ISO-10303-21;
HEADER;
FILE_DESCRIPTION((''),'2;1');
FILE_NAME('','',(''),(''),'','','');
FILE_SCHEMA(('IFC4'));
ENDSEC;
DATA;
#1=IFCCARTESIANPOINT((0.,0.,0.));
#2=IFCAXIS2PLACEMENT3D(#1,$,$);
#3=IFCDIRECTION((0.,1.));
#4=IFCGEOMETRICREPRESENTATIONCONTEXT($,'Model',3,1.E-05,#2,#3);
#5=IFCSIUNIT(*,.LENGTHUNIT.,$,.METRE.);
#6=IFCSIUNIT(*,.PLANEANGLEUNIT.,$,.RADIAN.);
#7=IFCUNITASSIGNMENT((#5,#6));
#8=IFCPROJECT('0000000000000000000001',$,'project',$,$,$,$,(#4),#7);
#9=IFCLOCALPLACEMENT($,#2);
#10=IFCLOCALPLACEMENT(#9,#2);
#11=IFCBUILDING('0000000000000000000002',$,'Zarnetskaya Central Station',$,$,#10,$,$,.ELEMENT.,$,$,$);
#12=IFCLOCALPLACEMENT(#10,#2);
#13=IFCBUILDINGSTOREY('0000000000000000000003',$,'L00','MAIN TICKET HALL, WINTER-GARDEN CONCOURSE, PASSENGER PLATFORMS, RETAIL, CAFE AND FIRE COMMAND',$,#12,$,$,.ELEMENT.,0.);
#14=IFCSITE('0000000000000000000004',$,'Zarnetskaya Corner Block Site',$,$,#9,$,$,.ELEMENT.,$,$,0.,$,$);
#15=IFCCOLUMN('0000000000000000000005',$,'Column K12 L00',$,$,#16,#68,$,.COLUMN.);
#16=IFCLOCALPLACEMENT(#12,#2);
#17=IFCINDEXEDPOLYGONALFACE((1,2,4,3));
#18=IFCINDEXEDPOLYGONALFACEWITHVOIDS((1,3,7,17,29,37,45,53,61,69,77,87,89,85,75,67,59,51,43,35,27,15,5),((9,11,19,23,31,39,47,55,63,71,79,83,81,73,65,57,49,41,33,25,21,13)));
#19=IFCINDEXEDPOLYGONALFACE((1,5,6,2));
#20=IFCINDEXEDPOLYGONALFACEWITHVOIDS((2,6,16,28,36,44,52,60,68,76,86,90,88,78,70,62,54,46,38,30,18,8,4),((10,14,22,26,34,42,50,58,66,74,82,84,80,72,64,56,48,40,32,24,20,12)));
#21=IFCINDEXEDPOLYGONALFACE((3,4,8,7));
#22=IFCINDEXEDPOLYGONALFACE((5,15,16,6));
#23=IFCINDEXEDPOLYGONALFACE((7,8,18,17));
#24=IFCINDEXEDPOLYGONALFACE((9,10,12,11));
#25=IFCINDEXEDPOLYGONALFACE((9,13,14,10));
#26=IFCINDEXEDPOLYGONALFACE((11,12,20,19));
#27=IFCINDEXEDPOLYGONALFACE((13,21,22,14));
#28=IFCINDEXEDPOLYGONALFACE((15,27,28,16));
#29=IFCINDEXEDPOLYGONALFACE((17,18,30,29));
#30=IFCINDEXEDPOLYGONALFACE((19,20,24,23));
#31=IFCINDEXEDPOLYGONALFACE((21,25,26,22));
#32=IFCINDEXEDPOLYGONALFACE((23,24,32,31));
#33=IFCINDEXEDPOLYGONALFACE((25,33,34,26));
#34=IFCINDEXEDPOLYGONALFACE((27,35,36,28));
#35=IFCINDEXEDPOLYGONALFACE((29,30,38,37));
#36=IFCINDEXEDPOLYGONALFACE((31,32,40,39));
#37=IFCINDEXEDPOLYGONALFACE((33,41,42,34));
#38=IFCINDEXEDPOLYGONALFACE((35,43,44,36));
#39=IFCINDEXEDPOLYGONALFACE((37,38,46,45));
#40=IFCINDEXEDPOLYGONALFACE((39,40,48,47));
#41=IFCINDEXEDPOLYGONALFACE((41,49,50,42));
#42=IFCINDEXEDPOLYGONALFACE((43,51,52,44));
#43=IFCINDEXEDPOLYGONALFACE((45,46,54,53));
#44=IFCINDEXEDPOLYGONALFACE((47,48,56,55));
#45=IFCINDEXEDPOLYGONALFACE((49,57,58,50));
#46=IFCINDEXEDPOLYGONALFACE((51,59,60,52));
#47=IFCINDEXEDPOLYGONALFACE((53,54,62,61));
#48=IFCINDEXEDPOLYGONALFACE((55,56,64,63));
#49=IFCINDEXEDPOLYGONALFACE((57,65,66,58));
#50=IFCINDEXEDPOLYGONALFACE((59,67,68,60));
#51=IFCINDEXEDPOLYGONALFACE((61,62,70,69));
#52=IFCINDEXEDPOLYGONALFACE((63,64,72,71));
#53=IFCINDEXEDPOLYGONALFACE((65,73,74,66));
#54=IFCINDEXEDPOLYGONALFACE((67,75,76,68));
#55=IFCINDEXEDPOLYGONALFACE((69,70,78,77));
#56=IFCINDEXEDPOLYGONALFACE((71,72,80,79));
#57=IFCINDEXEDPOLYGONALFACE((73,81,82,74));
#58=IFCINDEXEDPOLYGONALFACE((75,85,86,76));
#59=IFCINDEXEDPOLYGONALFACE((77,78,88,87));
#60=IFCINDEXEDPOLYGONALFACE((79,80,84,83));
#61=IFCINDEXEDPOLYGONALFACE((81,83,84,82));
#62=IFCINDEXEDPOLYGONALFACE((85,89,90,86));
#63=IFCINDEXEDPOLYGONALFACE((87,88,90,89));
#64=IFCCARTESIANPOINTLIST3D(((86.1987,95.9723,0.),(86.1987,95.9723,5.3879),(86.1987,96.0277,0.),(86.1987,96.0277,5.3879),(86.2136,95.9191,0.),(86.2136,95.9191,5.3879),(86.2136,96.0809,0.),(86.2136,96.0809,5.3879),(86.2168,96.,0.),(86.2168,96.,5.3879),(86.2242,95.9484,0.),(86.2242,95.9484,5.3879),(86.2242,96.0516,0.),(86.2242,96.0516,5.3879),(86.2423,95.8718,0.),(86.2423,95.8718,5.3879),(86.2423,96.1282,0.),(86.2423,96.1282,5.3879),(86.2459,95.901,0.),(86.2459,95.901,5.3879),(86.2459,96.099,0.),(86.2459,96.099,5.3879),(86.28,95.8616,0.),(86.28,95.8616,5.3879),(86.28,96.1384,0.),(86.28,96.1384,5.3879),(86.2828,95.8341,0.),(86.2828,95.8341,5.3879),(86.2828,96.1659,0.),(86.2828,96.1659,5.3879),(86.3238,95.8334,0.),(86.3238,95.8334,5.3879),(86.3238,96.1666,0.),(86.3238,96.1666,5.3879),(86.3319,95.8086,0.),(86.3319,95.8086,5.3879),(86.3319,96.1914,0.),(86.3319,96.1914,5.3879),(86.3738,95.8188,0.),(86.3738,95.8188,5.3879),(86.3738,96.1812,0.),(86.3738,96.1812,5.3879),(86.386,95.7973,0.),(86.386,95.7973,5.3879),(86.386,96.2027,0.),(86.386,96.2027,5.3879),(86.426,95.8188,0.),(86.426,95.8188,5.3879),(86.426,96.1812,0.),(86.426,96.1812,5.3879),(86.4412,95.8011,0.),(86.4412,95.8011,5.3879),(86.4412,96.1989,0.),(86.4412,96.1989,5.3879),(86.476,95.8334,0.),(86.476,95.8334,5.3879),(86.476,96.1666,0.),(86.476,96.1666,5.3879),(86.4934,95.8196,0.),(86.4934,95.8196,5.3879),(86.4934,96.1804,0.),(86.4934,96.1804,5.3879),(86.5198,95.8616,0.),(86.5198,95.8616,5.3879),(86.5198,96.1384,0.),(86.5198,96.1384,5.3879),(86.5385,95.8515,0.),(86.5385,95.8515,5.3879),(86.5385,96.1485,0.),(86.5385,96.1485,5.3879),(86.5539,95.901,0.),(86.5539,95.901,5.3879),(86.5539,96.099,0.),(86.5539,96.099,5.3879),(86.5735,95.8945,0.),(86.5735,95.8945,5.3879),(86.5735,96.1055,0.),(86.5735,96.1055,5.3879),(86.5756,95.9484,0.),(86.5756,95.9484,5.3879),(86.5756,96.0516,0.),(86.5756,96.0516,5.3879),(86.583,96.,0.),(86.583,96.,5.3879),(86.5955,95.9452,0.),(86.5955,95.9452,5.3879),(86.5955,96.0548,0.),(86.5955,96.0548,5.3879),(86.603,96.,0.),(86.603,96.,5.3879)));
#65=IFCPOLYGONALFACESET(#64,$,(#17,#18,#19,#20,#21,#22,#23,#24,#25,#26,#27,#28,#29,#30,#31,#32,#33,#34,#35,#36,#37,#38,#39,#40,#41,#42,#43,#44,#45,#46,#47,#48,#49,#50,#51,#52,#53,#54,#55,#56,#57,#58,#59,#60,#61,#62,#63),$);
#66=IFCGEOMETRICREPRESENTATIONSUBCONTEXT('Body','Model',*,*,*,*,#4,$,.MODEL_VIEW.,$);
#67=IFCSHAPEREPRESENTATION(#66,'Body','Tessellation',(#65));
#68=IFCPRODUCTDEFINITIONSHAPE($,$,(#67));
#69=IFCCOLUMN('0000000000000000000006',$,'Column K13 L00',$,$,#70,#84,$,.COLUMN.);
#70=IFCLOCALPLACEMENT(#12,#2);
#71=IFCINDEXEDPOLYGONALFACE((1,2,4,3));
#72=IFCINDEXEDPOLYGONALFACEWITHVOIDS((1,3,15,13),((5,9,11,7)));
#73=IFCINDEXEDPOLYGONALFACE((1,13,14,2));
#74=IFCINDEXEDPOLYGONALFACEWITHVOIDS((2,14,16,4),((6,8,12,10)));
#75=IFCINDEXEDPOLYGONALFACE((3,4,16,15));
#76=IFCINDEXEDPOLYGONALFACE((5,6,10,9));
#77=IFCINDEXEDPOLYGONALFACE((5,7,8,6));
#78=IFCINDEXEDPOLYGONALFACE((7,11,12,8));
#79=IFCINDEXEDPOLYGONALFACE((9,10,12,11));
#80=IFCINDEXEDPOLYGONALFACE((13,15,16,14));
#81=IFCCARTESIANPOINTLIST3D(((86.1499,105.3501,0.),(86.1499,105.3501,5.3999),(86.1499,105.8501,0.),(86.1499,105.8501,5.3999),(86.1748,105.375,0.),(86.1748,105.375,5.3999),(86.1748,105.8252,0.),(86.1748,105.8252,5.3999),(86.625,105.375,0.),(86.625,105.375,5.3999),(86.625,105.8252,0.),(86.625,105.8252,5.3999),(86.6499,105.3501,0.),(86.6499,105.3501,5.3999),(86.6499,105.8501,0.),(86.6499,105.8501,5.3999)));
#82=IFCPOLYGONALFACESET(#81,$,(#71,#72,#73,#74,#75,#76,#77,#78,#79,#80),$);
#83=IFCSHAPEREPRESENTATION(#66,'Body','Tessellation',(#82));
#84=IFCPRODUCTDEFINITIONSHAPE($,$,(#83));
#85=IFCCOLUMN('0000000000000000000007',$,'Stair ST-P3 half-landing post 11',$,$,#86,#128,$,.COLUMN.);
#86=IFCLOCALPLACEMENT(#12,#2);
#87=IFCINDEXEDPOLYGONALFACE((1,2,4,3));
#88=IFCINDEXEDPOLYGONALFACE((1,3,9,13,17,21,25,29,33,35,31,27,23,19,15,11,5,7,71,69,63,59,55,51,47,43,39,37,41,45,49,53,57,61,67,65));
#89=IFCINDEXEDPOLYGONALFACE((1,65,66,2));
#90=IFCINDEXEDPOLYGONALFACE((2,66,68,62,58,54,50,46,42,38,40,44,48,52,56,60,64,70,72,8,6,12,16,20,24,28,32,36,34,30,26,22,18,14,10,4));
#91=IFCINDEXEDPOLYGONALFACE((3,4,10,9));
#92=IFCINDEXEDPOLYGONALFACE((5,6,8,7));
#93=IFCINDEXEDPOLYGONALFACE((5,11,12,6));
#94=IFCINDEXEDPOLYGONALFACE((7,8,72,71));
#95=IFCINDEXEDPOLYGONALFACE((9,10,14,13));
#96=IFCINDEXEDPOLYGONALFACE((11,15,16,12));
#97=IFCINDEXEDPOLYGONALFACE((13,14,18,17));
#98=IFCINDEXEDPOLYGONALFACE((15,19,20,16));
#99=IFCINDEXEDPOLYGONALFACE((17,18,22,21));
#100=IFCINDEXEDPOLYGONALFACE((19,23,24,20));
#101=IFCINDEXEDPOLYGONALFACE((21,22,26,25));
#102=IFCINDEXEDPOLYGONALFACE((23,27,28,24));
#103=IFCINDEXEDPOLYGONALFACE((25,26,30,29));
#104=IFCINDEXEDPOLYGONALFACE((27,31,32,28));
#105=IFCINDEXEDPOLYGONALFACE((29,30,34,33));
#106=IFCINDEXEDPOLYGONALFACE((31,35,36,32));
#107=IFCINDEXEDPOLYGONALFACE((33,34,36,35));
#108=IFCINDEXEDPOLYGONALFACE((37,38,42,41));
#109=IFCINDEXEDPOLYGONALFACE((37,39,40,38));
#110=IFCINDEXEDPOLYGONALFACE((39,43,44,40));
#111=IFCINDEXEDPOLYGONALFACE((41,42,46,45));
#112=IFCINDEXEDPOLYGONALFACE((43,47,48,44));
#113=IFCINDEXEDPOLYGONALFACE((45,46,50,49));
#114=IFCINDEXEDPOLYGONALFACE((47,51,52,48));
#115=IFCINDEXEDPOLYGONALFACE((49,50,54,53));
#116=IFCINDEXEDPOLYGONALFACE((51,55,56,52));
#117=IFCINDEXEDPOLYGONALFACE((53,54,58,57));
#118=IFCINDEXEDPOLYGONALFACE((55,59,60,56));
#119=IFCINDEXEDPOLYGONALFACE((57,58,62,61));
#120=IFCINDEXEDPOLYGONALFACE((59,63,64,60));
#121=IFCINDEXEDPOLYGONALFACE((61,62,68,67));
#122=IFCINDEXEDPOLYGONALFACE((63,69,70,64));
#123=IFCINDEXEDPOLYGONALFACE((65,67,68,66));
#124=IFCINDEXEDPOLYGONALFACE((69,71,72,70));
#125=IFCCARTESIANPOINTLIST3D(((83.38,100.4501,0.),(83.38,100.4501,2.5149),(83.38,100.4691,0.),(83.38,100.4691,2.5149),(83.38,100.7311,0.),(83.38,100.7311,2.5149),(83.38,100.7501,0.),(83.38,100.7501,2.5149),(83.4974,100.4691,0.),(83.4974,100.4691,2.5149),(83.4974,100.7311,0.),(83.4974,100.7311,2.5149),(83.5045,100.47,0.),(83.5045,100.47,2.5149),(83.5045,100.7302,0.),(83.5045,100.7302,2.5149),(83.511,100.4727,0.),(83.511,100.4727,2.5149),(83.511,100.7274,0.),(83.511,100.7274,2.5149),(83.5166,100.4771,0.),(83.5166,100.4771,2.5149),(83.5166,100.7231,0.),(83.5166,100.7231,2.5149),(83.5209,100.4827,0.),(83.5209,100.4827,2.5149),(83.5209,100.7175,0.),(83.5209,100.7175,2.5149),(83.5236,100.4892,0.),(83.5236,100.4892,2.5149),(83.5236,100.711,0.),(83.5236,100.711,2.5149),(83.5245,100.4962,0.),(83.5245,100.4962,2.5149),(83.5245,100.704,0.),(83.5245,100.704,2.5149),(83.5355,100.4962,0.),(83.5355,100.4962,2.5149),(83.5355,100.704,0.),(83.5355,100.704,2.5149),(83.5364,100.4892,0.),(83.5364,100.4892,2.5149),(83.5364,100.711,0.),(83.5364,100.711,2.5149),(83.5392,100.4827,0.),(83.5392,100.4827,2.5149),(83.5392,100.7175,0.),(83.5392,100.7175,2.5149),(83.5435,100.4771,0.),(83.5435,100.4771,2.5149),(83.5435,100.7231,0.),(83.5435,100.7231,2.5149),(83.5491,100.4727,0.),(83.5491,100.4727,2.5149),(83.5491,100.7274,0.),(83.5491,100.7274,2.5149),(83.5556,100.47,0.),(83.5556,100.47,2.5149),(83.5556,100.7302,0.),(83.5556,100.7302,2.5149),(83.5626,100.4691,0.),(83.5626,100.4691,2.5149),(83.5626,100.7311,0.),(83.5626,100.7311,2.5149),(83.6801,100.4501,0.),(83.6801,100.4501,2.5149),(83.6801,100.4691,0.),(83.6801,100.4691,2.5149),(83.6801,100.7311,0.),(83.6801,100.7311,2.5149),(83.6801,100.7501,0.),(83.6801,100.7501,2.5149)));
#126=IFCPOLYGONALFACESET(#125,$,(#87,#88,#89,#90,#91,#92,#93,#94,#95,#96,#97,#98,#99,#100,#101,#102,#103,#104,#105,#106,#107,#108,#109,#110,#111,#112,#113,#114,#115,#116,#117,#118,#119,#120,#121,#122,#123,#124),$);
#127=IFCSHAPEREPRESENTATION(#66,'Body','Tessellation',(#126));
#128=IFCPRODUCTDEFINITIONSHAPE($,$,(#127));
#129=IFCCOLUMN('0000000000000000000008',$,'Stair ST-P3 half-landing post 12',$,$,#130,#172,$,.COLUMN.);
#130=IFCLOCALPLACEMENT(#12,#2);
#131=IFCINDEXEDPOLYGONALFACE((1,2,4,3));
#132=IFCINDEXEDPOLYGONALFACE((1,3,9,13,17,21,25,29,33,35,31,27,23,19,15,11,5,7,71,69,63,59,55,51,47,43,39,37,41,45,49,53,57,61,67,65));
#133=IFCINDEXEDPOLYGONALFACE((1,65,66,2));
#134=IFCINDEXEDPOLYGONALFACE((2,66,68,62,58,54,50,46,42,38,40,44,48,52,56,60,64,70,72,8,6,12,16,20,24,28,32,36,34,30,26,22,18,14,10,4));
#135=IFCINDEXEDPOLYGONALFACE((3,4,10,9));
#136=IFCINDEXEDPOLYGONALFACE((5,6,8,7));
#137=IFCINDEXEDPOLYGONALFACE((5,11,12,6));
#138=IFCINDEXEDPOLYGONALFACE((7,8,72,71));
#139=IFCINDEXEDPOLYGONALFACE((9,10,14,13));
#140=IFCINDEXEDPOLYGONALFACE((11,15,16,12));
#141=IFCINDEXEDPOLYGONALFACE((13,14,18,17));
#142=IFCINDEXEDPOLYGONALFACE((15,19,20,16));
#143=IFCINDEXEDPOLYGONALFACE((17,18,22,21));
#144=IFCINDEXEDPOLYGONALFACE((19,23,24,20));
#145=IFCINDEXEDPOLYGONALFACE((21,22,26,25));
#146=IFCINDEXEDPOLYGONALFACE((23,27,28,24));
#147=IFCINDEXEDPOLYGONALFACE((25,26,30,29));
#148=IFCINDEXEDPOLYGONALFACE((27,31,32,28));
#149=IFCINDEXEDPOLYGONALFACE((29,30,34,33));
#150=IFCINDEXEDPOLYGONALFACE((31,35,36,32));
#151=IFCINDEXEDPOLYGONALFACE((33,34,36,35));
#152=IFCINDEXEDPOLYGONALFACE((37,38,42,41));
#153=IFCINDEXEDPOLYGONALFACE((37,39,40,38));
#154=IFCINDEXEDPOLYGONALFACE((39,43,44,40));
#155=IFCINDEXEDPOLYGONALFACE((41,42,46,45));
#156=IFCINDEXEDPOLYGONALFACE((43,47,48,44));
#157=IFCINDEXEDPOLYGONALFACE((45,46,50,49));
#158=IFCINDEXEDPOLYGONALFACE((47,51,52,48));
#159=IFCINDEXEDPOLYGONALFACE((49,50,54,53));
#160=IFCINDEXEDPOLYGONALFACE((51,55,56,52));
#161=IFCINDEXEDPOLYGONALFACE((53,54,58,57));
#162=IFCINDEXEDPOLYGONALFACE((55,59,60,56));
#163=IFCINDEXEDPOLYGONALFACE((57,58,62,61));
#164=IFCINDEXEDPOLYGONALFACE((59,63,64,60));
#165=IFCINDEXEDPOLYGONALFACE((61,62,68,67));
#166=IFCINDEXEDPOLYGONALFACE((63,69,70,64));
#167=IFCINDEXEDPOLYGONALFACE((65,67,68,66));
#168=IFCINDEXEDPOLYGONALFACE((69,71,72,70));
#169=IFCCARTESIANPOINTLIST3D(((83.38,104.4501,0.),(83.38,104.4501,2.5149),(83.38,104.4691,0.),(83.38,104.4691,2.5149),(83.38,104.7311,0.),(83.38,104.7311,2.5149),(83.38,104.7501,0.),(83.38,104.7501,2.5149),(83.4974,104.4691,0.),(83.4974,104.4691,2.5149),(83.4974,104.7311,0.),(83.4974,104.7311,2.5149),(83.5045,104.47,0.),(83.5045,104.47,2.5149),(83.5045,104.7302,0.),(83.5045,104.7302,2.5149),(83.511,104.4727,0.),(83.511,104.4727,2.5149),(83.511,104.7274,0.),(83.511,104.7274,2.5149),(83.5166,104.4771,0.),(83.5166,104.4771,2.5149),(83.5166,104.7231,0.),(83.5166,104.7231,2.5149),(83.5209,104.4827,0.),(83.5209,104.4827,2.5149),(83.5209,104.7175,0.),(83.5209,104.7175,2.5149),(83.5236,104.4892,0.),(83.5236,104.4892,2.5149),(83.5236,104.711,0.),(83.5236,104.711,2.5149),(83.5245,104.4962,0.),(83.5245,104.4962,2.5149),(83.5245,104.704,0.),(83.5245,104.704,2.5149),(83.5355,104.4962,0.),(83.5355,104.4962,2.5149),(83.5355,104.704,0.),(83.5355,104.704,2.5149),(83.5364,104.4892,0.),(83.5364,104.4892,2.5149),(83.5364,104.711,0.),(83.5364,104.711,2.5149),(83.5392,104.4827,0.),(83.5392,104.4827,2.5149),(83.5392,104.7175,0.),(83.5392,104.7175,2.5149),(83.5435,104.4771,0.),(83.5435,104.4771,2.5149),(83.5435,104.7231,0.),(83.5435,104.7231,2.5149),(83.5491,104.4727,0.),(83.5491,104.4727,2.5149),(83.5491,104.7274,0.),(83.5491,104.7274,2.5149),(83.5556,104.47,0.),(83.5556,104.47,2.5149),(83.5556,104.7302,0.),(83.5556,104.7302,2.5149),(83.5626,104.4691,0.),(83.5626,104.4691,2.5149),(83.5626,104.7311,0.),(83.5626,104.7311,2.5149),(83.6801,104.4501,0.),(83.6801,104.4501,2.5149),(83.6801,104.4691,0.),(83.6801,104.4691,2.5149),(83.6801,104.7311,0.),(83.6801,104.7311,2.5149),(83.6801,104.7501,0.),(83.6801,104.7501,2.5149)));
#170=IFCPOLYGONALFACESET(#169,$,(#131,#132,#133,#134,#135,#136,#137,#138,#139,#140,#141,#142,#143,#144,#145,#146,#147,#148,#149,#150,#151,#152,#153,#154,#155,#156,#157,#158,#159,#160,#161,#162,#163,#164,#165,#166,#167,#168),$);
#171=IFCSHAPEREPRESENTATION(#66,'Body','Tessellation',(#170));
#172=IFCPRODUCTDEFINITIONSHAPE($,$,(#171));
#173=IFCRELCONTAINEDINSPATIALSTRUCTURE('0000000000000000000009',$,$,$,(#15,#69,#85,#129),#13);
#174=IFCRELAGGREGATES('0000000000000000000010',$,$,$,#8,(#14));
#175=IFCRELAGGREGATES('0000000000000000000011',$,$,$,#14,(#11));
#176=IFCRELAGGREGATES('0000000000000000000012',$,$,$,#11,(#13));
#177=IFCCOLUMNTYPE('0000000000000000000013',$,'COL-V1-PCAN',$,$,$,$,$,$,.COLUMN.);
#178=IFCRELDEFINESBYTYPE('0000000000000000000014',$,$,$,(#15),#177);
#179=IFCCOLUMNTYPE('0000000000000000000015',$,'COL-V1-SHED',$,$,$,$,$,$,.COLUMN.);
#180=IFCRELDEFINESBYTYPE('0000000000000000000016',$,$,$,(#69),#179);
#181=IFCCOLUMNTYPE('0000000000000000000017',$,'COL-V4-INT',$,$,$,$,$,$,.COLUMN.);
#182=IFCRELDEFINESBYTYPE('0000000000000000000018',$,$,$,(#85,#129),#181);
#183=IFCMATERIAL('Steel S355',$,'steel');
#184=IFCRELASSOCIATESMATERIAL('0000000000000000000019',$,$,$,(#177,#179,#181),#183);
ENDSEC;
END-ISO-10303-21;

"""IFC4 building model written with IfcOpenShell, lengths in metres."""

from ifc_helpers import new_model, si_unit, direction, frame, origin, origin_2d, place, context, subcontext, project, spatial, hollow_rectangle, hollow_circle, i_section, extrude, material, material_profile, profile_set, type_object, element, save


model = new_model("IFC4")

# Units and contexts
model_context = context("Model", 3, precision=1e-05, world=origin(), true_north=direction((0.0, 1.0)))
body_context = subcontext(model_context, "Body", "Model", "MODEL_VIEW")
ifc_project = project(units=[si_unit("LENGTHUNIT", "METRE"), si_unit("PLANEANGLEUNIT", "RADIAN")], contexts=[model_context])

# Site, building, storey
site_placement = place(None, origin())
site = spatial("IfcSite", under=ifc_project, at=site_placement, Name="Zarnetskaya Corner Block Site", CompositionType="ELEMENT", RefElevation=0.0)
building_placement = place(site_placement, origin())
building = spatial("IfcBuilding", under=site, at=building_placement, Name="Zarnetskaya Central Station", CompositionType="ELEMENT")
storey_placement = place(building_placement, origin())
storey = spatial("IfcBuildingStorey", under=building, at=storey_placement, Name="L00", Description="MAIN TICKET HALL, WINTER-GARDEN CONCOURSE, PASSENGER PLATFORMS, RETAIL, CAFE AND FIRE COMMAND", CompositionType="ELEMENT", Elevation=0.0)

# Columns
ifc_material_1 = material(Name="Steel S355", Category="steel")
ifc_material_profile_1 = material_profile(ifc_material_1, hollow_circle(Radius=0.2031, WallThickness=0.02, at=origin_2d()), Name="CHS 406.4x20")
ifc_profile_set_1 = profile_set([ifc_material_profile_1], Name="Steel S355")
column_type_1 = type_object("IfcColumnType", Name="COL-V1-PCAN", PredefinedType="COLUMN", material=ifc_profile_set_1)
column_1_placement = place(storey_placement, frame((86.3999, 96.0, 0.0), z_axis=(0.0, 0.0, 1.0), x_axis=(1.0, 0.0, 0.0)))
element("IfcColumn", 1, at=column_1_placement, inside=storey, type_object=column_type_1, Name="Column K12 L00", PredefinedType="COLUMN", context=body_context, shape_type="SweptSolid", body=[
    extrude(hollow_circle(Radius=0.2031, WallThickness=0.02, at=origin_2d()), origin(), (0.0, 0.0, 1.0), 5.3879),
])
ifc_material_profile_2 = material_profile(ifc_material_1, hollow_rectangle(XDim=0.5, YDim=0.5, WallThickness=0.0249, at=origin_2d()), Name="BOX 500x500x25")
ifc_profile_set_2 = profile_set([ifc_material_profile_2], Name="Steel S355")
column_type_2 = type_object("IfcColumnType", Name="COL-V1-SHED", PredefinedType="COLUMN", material=ifc_profile_set_2)
column_2_placement = place(storey_placement, frame((86.3999, 105.6001, 0.0), z_axis=(0.0, 0.0, 1.0), x_axis=(1.0, 0.0, 0.0)))
element("IfcColumn", 2, at=column_2_placement, inside=storey, type_object=column_type_2, Name="Column K13 L00", PredefinedType="COLUMN", context=body_context, shape_type="SweptSolid", body=[
    extrude(hollow_rectangle(XDim=0.5, YDim=0.5, WallThickness=0.0249, at=origin_2d()), origin(), (0.0, 0.0, 1.0), 5.3999),
])
ifc_material_profile_3 = material_profile(ifc_material_1, i_section(OverallWidth=0.3, OverallDepth=0.3, WebThickness=0.011, FlangeThickness=0.019, FilletRadius=0.0271, at=origin_2d()), Name="HEB 300")
ifc_profile_set_3 = profile_set([ifc_material_profile_3], Name="Steel S355")
column_type_3 = type_object("IfcColumnType", Name="COL-V4-INT", PredefinedType="COLUMN", material=ifc_profile_set_3)
for number, where, z_axis, x_axis, name in (
    (3, (83.53, 100.6001, 0.0), (0.0, 0.0, 1.0), (1.0, 0.0, 0.0), "Stair ST-P3 half-landing post 11"),
    (4, (83.53, 104.6001, 0.0), (0.0, 0.0, 1.0), (1.0, 0.0, 0.0), "Stair ST-P3 half-landing post 12"),
):
    element("IfcColumn", number, at=place(storey_placement, frame(where, z_axis=z_axis, x_axis=x_axis)), inside=storey, type_object=column_type_3, Name=name, PredefinedType="COLUMN", context=body_context, shape_type="SweptSolid", body=[
        extrude(i_section(OverallWidth=0.3, OverallDepth=0.3, WebThickness=0.011, FlangeThickness=0.019, FilletRadius=0.0271, at=origin_2d()), origin(), (0.0, 0.0, 1.0), 2.5149),
    ])

save(model, "model.ifc")
